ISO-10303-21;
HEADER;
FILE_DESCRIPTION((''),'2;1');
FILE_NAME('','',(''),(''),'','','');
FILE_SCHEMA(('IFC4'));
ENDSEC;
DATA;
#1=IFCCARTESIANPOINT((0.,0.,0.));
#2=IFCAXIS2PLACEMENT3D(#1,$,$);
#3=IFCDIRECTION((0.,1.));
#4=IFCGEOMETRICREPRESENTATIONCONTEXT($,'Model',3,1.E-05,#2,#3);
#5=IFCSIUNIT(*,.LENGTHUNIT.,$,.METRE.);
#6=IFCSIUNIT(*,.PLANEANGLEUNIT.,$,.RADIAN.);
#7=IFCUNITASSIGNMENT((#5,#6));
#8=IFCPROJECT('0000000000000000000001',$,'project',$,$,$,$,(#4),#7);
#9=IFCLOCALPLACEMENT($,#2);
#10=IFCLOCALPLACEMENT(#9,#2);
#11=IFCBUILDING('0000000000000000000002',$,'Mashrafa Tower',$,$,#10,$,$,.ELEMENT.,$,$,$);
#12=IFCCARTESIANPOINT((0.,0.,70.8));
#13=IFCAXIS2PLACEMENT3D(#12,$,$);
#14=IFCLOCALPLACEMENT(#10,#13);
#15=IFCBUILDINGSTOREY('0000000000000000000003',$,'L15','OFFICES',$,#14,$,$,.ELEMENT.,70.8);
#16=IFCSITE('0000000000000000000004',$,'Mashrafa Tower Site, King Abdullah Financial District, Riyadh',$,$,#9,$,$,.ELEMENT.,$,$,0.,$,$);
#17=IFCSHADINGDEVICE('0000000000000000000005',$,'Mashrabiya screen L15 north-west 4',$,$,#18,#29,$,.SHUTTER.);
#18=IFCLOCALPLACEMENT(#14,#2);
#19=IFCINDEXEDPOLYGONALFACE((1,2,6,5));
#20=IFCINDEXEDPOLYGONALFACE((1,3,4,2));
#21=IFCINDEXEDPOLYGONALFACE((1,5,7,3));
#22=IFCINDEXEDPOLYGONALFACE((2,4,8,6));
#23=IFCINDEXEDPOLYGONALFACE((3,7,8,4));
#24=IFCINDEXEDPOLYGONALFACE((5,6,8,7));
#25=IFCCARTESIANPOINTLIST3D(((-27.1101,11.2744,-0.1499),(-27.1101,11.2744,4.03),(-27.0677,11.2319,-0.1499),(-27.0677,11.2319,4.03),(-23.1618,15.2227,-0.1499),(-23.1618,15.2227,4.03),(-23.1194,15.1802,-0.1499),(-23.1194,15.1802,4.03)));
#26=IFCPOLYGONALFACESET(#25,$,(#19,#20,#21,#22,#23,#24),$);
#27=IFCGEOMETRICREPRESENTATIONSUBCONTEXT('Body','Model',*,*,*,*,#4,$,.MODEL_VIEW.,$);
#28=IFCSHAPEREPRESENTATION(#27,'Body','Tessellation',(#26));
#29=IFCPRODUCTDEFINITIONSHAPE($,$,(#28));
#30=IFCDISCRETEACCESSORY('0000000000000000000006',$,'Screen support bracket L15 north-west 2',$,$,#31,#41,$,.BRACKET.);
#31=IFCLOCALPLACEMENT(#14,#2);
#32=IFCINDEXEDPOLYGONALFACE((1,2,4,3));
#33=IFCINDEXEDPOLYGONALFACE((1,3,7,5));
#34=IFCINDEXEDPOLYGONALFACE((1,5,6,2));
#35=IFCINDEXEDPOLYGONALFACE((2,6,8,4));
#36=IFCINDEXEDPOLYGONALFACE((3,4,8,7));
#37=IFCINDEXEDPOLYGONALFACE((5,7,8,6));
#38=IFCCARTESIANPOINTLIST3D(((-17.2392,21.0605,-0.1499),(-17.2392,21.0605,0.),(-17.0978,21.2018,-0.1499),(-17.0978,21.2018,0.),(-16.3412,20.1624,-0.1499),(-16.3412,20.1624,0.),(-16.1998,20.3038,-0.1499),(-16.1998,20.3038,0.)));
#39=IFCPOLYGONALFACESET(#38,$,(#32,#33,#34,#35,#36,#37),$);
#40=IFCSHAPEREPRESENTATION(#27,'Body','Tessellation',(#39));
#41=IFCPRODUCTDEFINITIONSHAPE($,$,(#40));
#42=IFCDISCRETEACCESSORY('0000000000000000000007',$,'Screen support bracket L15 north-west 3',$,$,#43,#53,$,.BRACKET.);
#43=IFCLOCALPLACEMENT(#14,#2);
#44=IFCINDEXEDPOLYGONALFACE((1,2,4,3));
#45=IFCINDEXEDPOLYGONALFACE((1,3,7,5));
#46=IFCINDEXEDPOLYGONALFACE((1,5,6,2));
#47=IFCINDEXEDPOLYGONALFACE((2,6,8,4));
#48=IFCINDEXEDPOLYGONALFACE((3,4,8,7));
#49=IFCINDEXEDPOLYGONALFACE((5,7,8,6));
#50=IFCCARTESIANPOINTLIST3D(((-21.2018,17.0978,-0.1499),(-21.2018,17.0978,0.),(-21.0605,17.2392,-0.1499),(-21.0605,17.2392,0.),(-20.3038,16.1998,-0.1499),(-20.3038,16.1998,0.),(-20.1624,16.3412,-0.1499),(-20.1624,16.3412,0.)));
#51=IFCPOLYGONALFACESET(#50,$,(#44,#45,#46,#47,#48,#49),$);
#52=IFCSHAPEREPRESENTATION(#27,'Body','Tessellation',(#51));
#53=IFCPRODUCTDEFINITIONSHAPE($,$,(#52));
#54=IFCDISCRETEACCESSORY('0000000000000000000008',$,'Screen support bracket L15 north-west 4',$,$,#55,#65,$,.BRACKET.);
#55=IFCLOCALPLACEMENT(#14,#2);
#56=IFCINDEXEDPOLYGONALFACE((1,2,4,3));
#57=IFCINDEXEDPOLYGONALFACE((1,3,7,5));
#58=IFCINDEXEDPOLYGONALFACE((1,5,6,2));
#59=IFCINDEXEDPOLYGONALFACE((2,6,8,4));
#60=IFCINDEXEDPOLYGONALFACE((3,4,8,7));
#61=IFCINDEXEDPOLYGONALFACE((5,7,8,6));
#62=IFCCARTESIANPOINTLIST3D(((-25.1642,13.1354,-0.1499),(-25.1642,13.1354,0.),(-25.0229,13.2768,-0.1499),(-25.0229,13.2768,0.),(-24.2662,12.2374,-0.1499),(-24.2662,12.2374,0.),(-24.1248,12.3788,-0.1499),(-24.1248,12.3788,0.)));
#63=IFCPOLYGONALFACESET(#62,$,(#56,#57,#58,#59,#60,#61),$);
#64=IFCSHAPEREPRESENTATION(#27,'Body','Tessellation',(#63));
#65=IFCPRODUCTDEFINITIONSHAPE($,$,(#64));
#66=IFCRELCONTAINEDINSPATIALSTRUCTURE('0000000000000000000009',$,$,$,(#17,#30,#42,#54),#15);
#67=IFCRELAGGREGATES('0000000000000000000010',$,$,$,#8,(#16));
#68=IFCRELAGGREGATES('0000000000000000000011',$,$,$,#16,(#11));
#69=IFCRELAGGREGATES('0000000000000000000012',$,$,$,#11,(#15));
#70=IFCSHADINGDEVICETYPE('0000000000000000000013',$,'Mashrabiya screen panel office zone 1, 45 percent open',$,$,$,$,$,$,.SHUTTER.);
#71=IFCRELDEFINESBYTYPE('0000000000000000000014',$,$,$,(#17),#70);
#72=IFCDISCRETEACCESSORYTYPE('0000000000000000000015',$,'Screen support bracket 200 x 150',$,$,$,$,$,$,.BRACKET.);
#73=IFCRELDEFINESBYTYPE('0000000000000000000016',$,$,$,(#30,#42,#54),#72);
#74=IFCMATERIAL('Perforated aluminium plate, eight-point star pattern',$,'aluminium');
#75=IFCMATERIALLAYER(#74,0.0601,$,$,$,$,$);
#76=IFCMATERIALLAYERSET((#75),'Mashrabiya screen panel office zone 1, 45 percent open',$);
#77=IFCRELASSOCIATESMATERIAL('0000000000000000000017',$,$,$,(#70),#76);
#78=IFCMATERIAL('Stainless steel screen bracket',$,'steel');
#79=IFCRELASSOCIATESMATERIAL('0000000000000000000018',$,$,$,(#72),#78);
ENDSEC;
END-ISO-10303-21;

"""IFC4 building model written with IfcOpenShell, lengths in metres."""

from ifc_helpers import new_model, si_unit, direction, frame, origin, origin_2d, place, context, subcontext, project, spatial, rectangle, extrude, source, transform, mapped, material, layer, layer_set, type_object, type_shapes, element, save


model = new_model("IFC4")

# Units and contexts
model_context = context("Model", 3, precision=1e-05, world=origin(), true_north=direction((0.0, 1.0)))
body_context = subcontext(model_context, "Body", "Model", "MODEL_VIEW")
ifc_project = project(units=[si_unit("LENGTHUNIT", "METRE"), si_unit("PLANEANGLEUNIT", "RADIAN")], contexts=[model_context])

# Site, building, storey
site_placement = place(None, origin())
site = spatial("IfcSite", under=ifc_project, at=site_placement, Name="Mashrafa Tower Site, King Abdullah Financial District, Riyadh", CompositionType="ELEMENT", RefElevation=0.0)
building_placement = place(site_placement, origin())
building = spatial("IfcBuilding", under=site, at=building_placement, Name="Mashrafa Tower", CompositionType="ELEMENT")
storey_placement = place(building_placement, frame((0.0, 0.0, 70.8)))
storey = spatial("IfcBuildingStorey", under=building, at=storey_placement, Name="L15", Description="OFFICES", CompositionType="ELEMENT", Elevation=70.8)

# Shading device
ifc_material_1 = material(Name="Perforated aluminium plate, eight-point star pattern", Category="aluminium")
ifc_layer_1 = layer(ifc_material_1, 0.0601)
ifc_layer_set_1 = layer_set([ifc_layer_1], Name="Mashrabiya screen panel office zone 1, 45 percent open")
shading_device_type = type_object("IfcShadingDeviceType", Name="Mashrabiya screen panel office zone 1, 45 percent open", PredefinedType="SHUTTER", material=ifc_layer_set_1)
shared_shape_1 = source(origin(), body_context, "Body", "SweptSolid", [
    extrude(rectangle(XDim=5.5837, YDim=0.0601, at=origin_2d()), origin(), (0.0, 0.0, 1.0), 4.1799),
])
type_shapes(shading_device_type, [shared_shape_1])
for number, where, z_axis, x_axis, name in (
    (1, (-25.1147, 13.2273, -0.1499), (0.0, 0.0, 1.0), (-0.707107, -0.707107, 0.0), "Mashrabiya screen L15 north-west 4"),
):
    element("IfcShadingDevice", number, at=place(storey_placement, frame(where, z_axis=z_axis, x_axis=x_axis)), inside=storey, type_object=shading_device_type, Name=name, PredefinedType="SHUTTER", context=body_context, shape_type="MappedRepresentation", body=[
        mapped(shared_shape_1, transform((0.0, 0.0, 0.0))),
    ])

# Discrete accessories
ifc_material_2 = material(Name="Stainless steel screen bracket", Category="steel")
discrete_accessory_type = type_object("IfcDiscreteAccessoryType", Name="Screen support bracket 200 x 150", PredefinedType="BRACKET", material=ifc_material_2)
shared_shape_2 = source(origin(), body_context, "Body", "SweptSolid", [
    extrude(rectangle(XDim=0.2, YDim=1.27, at=origin_2d()), origin(), (0.0, 0.0, 1.0), 0.1499),
])
type_shapes(discrete_accessory_type, [shared_shape_2])
for number, where, z_axis, x_axis, name in (
    (2, (-16.7195, 20.6821, -0.1499), (0.0, 0.0, 1.0), (-0.707107, -0.707107, 0.0), "Screen support bracket L15 north-west 2"),
    (3, (-20.6821, 16.7195, -0.1499), (0.0, 0.0, 1.0), (-0.707107, -0.707107, 0.0), "Screen support bracket L15 north-west 3"),
    (4, (-24.6445, 12.7571, -0.1499), (0.0, 0.0, 1.0), (-0.707107, -0.707107, 0.0), "Screen support bracket L15 north-west 4"),
):
    element("IfcDiscreteAccessory", number, at=place(storey_placement, frame(where, z_axis=z_axis, x_axis=x_axis)), inside=storey, type_object=discrete_accessory_type, Name=name, PredefinedType="BRACKET", context=body_context, shape_type="MappedRepresentation", body=[
        mapped(shared_shape_2, transform((0.0, 0.0, 0.0))),
    ])

save(model, "model.ifc")
